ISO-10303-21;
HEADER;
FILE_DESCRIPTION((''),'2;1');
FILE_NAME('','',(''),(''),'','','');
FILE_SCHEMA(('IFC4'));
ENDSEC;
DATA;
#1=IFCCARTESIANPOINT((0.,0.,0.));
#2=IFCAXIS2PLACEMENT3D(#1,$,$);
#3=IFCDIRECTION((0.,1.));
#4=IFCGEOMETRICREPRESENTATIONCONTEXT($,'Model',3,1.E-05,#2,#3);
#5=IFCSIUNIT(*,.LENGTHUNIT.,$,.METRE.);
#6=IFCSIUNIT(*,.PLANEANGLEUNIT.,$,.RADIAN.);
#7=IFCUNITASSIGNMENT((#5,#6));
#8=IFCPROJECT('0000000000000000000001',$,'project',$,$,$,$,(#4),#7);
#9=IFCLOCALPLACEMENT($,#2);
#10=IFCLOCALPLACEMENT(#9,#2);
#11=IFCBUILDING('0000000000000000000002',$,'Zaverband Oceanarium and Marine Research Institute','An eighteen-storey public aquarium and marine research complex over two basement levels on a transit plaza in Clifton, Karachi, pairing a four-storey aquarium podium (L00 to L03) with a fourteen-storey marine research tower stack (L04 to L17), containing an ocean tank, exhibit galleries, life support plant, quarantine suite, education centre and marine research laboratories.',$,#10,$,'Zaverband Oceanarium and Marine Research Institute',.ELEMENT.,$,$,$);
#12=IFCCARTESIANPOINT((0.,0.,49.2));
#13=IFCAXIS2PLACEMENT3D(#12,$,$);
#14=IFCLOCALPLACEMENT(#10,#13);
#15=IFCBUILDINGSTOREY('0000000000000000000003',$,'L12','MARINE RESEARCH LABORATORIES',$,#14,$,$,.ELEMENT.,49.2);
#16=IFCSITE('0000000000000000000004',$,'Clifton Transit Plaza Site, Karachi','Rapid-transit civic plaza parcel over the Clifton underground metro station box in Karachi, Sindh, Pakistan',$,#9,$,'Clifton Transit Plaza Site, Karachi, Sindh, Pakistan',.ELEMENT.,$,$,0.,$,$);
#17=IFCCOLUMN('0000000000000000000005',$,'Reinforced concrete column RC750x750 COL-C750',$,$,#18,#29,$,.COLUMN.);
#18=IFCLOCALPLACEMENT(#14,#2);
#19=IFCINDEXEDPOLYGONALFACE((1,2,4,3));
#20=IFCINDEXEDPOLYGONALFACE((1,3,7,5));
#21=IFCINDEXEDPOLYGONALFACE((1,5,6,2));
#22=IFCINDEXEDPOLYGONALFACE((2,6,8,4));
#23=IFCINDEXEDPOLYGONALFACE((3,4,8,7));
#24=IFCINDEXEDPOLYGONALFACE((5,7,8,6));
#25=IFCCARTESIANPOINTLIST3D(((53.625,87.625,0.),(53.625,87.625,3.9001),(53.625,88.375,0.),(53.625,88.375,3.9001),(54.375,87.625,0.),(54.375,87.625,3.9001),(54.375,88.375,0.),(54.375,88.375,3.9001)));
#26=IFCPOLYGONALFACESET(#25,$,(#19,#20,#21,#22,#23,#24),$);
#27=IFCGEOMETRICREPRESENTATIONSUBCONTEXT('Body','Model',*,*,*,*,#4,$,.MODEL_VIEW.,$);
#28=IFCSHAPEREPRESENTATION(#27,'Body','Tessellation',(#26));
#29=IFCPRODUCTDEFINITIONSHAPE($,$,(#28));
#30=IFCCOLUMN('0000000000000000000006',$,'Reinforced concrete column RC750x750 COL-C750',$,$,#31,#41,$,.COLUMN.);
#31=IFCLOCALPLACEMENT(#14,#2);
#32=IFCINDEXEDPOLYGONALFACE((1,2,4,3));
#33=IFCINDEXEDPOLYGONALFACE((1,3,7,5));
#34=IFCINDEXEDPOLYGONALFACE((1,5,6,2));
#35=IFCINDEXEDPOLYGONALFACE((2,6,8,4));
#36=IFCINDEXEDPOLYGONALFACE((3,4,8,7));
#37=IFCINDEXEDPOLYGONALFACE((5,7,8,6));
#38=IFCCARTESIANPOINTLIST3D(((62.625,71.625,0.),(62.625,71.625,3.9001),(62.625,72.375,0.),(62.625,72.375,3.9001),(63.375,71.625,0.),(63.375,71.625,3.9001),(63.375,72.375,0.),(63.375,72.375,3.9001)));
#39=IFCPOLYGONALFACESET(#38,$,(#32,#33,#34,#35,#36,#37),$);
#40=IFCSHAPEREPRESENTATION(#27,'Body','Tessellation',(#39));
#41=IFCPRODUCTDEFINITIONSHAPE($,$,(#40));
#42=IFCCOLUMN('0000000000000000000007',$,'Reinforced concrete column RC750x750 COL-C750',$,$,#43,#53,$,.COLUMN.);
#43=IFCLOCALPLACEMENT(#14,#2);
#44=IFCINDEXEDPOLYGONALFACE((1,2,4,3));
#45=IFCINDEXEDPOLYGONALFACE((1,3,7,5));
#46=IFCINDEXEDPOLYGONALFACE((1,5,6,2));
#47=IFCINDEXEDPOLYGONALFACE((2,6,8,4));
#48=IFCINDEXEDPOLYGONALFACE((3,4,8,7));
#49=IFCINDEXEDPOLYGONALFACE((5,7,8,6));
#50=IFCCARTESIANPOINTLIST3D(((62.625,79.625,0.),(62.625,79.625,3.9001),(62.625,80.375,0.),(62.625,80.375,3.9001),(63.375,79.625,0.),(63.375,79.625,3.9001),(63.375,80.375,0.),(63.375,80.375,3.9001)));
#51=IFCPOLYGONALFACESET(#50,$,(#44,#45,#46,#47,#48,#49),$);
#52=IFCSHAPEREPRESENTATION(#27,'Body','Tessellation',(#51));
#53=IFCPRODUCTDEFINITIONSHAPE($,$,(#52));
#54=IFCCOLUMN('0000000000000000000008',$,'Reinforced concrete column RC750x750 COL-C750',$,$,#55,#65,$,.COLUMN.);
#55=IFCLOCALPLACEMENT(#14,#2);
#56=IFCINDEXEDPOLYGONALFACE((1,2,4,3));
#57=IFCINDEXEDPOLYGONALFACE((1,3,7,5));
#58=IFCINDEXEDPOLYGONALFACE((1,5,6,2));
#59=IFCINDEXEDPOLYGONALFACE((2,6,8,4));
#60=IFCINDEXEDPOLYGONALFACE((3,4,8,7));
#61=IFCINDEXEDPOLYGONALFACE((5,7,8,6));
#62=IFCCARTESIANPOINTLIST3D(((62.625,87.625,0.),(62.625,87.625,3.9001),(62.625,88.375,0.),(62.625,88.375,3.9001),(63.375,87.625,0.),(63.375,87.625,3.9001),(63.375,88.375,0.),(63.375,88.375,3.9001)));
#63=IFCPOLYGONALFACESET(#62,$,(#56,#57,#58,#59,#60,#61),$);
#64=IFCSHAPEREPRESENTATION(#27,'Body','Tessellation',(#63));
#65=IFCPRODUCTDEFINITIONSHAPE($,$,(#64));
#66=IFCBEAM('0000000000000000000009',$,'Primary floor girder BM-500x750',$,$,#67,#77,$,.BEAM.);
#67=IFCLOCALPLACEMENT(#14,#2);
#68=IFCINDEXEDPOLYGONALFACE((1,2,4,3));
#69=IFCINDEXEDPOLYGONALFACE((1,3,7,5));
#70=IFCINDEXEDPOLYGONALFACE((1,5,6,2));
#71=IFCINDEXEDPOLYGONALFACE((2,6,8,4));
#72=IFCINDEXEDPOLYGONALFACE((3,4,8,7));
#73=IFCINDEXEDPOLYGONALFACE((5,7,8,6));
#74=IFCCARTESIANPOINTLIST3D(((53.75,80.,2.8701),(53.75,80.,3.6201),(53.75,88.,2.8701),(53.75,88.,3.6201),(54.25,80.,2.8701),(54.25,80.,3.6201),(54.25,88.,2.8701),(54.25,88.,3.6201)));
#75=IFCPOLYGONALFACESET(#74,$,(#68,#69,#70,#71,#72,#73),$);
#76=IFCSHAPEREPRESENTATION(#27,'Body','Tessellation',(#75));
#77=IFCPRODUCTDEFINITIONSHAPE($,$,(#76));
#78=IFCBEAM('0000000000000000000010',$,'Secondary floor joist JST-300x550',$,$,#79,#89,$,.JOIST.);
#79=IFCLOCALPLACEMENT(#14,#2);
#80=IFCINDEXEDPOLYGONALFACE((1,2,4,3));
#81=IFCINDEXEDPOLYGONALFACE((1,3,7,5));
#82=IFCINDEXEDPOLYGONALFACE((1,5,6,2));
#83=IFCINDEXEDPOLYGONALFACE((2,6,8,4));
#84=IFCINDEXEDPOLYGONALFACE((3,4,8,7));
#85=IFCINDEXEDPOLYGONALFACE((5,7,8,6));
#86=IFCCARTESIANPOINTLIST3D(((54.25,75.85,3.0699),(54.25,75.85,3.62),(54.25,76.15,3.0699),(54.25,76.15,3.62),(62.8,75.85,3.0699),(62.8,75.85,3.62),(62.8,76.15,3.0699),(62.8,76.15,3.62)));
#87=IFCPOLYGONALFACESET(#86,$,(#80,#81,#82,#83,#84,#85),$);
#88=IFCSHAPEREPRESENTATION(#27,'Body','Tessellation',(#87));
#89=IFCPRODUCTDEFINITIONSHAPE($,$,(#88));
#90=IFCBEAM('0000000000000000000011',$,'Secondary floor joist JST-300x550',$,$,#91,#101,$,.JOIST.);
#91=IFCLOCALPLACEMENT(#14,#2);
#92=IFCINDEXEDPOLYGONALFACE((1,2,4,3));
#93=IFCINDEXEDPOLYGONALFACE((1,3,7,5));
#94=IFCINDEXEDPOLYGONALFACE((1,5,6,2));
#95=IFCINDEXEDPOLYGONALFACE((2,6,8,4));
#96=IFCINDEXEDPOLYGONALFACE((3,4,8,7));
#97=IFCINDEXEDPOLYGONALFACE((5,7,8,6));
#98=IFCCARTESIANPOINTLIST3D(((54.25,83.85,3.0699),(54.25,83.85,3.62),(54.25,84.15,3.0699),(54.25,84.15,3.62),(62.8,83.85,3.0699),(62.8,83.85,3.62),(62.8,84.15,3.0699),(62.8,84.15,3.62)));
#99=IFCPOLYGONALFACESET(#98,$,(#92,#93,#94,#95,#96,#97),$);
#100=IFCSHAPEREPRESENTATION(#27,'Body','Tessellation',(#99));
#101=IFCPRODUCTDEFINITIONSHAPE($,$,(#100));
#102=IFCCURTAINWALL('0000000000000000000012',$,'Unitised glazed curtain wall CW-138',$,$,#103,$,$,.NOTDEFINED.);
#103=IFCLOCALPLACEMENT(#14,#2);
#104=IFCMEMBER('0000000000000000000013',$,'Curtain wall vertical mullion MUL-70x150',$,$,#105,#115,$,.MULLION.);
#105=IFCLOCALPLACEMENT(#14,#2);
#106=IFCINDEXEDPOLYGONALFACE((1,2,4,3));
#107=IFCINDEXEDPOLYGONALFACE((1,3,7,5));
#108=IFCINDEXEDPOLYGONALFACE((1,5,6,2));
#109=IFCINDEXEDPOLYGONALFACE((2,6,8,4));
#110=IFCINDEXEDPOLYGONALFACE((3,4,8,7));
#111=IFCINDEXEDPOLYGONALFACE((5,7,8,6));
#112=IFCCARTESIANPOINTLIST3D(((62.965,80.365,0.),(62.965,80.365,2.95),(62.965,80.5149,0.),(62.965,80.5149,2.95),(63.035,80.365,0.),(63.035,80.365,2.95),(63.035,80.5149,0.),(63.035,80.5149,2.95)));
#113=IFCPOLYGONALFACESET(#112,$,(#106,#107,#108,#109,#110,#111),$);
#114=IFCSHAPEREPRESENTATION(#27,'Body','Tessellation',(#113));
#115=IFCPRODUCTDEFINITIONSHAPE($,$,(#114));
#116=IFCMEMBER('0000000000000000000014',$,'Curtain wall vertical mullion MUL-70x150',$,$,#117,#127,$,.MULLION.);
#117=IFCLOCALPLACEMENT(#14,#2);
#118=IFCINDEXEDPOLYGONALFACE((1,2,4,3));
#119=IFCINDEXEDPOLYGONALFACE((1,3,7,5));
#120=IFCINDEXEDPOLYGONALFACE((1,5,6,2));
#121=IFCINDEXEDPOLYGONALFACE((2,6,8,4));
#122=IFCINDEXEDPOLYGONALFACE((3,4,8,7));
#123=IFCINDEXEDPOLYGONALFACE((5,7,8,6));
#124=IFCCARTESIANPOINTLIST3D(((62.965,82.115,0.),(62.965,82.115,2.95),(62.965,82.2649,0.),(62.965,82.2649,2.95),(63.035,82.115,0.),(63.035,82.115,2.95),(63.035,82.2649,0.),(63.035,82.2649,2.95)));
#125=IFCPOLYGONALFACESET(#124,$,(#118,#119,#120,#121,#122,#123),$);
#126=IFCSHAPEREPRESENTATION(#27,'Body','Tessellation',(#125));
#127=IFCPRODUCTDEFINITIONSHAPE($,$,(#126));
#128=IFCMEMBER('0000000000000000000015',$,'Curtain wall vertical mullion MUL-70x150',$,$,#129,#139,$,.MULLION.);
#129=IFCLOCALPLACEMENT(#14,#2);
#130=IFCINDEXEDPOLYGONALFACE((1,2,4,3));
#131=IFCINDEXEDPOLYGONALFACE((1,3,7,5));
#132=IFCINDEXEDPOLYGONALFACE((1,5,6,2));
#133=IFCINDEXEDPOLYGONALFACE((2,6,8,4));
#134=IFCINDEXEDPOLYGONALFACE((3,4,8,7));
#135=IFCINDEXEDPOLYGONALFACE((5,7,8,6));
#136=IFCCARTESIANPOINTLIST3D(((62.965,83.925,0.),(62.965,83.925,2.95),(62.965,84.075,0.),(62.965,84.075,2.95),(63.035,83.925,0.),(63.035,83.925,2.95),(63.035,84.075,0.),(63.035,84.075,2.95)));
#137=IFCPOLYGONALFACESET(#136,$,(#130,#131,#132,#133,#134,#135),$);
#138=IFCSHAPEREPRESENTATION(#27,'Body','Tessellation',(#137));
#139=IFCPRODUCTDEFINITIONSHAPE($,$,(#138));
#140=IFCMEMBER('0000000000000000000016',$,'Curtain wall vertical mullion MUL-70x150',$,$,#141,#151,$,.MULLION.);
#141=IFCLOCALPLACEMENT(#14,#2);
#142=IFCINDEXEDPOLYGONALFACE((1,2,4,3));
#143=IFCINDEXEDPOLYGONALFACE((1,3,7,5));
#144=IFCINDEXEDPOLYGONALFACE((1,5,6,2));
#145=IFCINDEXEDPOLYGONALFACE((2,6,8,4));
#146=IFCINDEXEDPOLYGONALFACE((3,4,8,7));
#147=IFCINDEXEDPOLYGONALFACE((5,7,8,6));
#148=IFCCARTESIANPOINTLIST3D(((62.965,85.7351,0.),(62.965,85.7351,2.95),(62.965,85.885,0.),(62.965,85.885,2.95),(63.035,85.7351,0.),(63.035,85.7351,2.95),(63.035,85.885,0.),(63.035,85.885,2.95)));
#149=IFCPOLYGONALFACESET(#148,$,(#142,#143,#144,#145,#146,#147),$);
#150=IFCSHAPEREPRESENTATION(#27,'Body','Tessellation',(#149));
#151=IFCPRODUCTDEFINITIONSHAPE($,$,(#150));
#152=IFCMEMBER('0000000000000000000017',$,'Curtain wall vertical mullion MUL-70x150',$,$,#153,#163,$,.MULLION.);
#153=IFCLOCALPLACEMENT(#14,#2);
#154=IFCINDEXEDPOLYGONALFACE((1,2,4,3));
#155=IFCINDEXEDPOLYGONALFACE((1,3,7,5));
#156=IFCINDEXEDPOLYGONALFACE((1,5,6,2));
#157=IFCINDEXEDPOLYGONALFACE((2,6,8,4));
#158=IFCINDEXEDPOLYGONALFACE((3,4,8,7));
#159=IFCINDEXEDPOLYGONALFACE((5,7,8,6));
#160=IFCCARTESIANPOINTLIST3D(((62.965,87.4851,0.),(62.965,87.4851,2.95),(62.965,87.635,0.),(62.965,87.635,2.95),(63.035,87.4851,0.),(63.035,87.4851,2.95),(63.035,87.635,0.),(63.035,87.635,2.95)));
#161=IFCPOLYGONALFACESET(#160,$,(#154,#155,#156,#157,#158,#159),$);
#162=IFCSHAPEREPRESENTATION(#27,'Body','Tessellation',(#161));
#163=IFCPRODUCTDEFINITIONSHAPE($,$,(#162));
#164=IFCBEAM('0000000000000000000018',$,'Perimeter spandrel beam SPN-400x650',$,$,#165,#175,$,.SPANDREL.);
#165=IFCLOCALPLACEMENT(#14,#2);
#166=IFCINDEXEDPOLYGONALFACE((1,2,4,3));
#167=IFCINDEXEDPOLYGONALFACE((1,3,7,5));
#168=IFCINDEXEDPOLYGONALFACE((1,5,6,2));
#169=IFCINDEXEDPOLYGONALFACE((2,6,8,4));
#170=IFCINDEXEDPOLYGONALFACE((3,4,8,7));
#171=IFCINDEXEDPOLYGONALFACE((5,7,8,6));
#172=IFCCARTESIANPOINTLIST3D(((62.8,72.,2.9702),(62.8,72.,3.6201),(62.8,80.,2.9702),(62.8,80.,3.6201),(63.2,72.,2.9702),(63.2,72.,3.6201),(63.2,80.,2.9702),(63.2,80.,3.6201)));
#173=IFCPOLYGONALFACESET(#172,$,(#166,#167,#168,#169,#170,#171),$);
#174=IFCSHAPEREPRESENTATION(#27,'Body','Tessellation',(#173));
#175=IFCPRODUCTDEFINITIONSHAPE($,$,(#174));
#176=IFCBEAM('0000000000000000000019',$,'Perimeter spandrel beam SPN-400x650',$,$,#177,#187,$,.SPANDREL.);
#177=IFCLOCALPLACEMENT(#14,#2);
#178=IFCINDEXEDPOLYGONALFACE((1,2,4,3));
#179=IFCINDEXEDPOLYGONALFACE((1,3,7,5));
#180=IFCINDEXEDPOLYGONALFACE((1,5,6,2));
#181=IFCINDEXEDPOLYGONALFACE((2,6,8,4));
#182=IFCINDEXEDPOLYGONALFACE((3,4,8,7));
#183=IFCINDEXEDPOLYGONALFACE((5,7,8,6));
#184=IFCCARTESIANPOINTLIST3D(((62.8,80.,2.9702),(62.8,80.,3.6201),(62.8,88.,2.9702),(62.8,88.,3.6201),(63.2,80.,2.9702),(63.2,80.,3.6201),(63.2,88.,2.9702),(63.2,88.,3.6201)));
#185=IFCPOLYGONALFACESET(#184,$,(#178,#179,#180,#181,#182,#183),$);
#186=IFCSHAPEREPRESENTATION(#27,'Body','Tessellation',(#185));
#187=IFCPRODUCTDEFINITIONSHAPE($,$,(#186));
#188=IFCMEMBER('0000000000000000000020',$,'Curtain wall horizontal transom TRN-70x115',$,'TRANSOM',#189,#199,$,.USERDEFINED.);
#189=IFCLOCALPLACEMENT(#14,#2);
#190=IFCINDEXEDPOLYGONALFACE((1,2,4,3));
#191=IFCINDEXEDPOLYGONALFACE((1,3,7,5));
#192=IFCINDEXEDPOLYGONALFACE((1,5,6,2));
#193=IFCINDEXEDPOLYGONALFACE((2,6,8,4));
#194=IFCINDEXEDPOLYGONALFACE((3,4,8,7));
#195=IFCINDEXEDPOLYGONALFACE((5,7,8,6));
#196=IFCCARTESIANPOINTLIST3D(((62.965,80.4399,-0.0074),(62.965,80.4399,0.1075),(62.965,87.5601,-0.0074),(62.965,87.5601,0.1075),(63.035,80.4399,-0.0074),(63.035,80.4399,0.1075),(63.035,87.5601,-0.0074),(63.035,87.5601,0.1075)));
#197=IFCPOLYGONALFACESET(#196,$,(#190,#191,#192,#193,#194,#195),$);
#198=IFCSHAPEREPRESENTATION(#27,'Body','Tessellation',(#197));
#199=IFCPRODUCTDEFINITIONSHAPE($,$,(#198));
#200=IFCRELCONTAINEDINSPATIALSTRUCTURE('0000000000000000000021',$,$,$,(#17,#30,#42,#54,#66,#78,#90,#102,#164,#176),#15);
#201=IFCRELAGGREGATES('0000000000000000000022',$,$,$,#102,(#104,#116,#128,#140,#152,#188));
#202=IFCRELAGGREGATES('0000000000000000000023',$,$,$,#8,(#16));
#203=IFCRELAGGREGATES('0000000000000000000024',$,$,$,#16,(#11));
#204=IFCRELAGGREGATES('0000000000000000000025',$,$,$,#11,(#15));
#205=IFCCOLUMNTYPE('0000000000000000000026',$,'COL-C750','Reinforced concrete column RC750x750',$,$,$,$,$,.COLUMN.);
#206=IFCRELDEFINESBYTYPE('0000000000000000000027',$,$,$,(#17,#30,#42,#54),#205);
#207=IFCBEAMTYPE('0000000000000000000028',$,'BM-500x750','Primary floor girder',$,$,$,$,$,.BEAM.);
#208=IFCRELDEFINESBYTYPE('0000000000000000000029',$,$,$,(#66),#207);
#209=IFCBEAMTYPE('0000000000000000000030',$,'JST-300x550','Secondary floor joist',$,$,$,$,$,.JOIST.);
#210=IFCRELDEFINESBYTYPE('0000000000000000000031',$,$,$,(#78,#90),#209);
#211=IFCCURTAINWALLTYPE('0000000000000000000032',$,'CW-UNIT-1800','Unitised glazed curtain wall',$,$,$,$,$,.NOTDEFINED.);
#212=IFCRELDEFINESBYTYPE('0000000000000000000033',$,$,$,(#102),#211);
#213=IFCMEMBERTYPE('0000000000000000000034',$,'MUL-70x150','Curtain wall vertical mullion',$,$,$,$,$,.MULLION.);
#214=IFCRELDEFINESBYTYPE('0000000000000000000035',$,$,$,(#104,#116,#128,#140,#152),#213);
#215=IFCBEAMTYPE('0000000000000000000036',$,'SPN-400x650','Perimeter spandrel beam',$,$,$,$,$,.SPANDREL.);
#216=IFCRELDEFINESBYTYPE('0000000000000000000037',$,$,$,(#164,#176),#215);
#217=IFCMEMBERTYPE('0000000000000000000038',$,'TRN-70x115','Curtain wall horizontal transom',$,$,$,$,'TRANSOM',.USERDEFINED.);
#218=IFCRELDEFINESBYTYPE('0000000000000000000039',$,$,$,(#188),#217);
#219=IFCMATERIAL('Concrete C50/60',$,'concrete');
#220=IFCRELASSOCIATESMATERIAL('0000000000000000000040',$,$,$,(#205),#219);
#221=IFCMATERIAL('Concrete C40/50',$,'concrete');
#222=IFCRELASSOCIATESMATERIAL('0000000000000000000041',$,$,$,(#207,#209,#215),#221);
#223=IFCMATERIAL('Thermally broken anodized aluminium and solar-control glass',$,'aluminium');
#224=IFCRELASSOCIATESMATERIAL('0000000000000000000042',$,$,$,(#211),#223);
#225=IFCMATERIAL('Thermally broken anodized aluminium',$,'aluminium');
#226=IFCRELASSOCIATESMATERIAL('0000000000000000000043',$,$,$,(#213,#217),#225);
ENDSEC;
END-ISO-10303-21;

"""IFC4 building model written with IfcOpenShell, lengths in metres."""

from ifc_helpers import new_model, si_unit, direction, frame, origin, origin_2d, place, context, subcontext, project, spatial, rectangle, extrude, material, material_profile, profile_set, type_object, element, aggregate, save


model = new_model("IFC4")

# Units and contexts
model_context = context("Model", 3, precision=1e-05, world=origin(), true_north=direction((0.0, 1.0)))
body_context = subcontext(model_context, "Body", "Model", "MODEL_VIEW")
ifc_project = project(units=[si_unit("LENGTHUNIT", "METRE"), si_unit("PLANEANGLEUNIT", "RADIAN")], contexts=[model_context])

# Site, building, storey
site_placement = place(None, origin())
site = spatial("IfcSite", under=ifc_project, at=site_placement, Name="Clifton Transit Plaza Site, Karachi", Description="Rapid-transit civic plaza parcel over the Clifton underground metro station box in Karachi, Sindh, Pakistan", LongName="Clifton Transit Plaza Site, Karachi, Sindh, Pakistan", CompositionType="ELEMENT", RefElevation=0.0)
building_placement = place(site_placement, origin())
building = spatial("IfcBuilding", under=site, at=building_placement, Name="Zaverband Oceanarium and Marine Research Institute", Description="An eighteen-storey public aquarium and marine research complex over two basement levels on a transit plaza in Clifton, Karachi, pairing a four-storey aquarium podium (L00 to L03) with a fourteen-storey marine research tower stack (L04 to L17), containing an ocean tank, exhibit galleries, life support plant, quarantine suite, education centre and marine research laboratories.", LongName="Zaverband Oceanarium and Marine Research Institute", CompositionType="ELEMENT")
storey_placement = place(building_placement, frame((0.0, 0.0, 49.2)))
storey = spatial("IfcBuildingStorey", under=building, at=storey_placement, Name="L12", Description="MARINE RESEARCH LABORATORIES", CompositionType="ELEMENT", Elevation=49.2)

# Columns
ifc_material_1 = material(Name="Concrete C50/60", Category="concrete")
ifc_material_profile_1 = material_profile(ifc_material_1, rectangle(XDim=0.75, YDim=0.75, at=origin_2d()), Name="RC750x750")
ifc_profile_set_1 = profile_set([ifc_material_profile_1], Name="Concrete C50/60")
column_type = type_object("IfcColumnType", Name="COL-C750", Description="Reinforced concrete column RC750x750", PredefinedType="COLUMN", material=ifc_profile_set_1)
for number, where, z_axis, x_axis, name in (
    (1, (54.0, 88.0, 0.0), (0.0, 0.0, 1.0), (1.0, 0.0, 0.0), "Reinforced concrete column RC750x750 COL-C750"),
    (2, (63.0, 72.0, 0.0), (0.0, 0.0, 1.0), (1.0, 0.0, 0.0), "Reinforced concrete column RC750x750 COL-C750"),
    (3, (63.0, 80.0, 0.0), (0.0, 0.0, 1.0), (1.0, 0.0, 0.0), "Reinforced concrete column RC750x750 COL-C750"),
    (4, (63.0, 88.0, 0.0), (0.0, 0.0, 1.0), (1.0, 0.0, 0.0), "Reinforced concrete column RC750x750 COL-C750"),
):
    element("IfcColumn", number, at=place(storey_placement, frame(where, z_axis=z_axis, x_axis=x_axis)), inside=storey, type_object=column_type, Name=name, PredefinedType="COLUMN", context=body_context, shape_type="SweptSolid", body=[
        extrude(rectangle(XDim=0.75, YDim=0.75, at=origin_2d()), origin(), (0.0, 0.0, 1.0), 3.9001),
    ])

# Beams
ifc_material_2 = material(Name="Concrete C40/50", Category="concrete")
ifc_material_profile_2 = material_profile(ifc_material_2, rectangle(XDim=0.5, YDim=0.75, at=origin_2d()), Name="RC500x750")
ifc_profile_set_2 = profile_set([ifc_material_profile_2], Name="Concrete C40/50")
beam_type_1 = type_object("IfcBeamType", Name="BM-500x750", Description="Primary floor girder", PredefinedType="BEAM", material=ifc_profile_set_2)
beam_placement = place(storey_placement, frame((54.0, 80.0, 3.2451), z_axis=(0.0, 1.0, 0.0), x_axis=(-1.0, 0.0, 0.0)))
element("IfcBeam", 5, at=beam_placement, inside=storey, type_object=beam_type_1, Name="Primary floor girder BM-500x750", PredefinedType="BEAM", context=body_context, shape_type="SweptSolid", body=[
    extrude(rectangle(XDim=0.5, YDim=0.75, at=origin_2d()), origin(), (0.0, 0.0, 1.0), 8.0),
])
ifc_material_profile_3 = material_profile(ifc_material_2, rectangle(XDim=0.3, YDim=0.55, at=origin_2d()), Name="RC300x550")
ifc_profile_set_3 = profile_set([ifc_material_profile_3], Name="Concrete C40/50")
beam_type_2 = type_object("IfcBeamType", Name="JST-300x550", Description="Secondary floor joist", PredefinedType="JOIST", material=ifc_profile_set_3)
for number, where, z_axis, x_axis, name in (
    (6, (54.25, 76.0, 3.345), (1.0, 0.0, 0.0), (0.0, 1.0, 0.0), "Secondary floor joist JST-300x550"),
    (7, (54.25, 84.0, 3.345), (1.0, 0.0, 0.0), (0.0, 1.0, 0.0), "Secondary floor joist JST-300x550"),
):
    element("IfcBeam", number, at=place(storey_placement, frame(where, z_axis=z_axis, x_axis=x_axis)), inside=storey, type_object=beam_type_2, Name=name, PredefinedType="JOIST", context=body_context, shape_type="SweptSolid", body=[
        extrude(rectangle(XDim=0.3, YDim=0.55, at=origin_2d()), origin(), (0.0, 0.0, 1.0), 8.55),
    ])

# Curtain wall, members
ifc_material_3 = material(Name="Thermally broken anodized aluminium and solar-control glass", Category="aluminium")
curtain_wall_type = type_object("IfcCurtainWallType", Name="CW-UNIT-1800", Description="Unitised glazed curtain wall", PredefinedType="NOTDEFINED", material=ifc_material_3)
curtain_wall_placement = place(storey_placement, origin())
curtain_wall = element("IfcCurtainWall", 8, at=curtain_wall_placement, inside=storey, type_object=curtain_wall_type, Name="Unitised glazed curtain wall CW-138", PredefinedType="NOTDEFINED")
ifc_material_4 = material(Name="Thermally broken anodized aluminium", Category="aluminium")
ifc_material_profile_4 = material_profile(ifc_material_4, rectangle(XDim=0.0701, YDim=0.1499, at=origin_2d()), Name="AL-MUL-70x150")
ifc_profile_set_4 = profile_set([ifc_material_profile_4], Name="Thermally broken anodized aluminium")
member_type_1 = type_object("IfcMemberType", Name="MUL-70x150", Description="Curtain wall vertical mullion", PredefinedType="MULLION", material=ifc_profile_set_4)
member_1_placement = place(storey_placement, frame((63.0, 80.4399, 0.0), z_axis=(0.0, 0.0, 1.0), x_axis=(1.0, 0.0, 0.0)))
member_1 = element("IfcMember", 9, at=member_1_placement, type_object=member_type_1, Name="Curtain wall vertical mullion MUL-70x150", PredefinedType="MULLION", context=body_context, shape_type="SweptSolid", body=[
    extrude(rectangle(XDim=0.0701, YDim=0.1499, at=origin_2d()), origin(), (0.0, 0.0, 1.0), 2.95),
])
member_2_placement = place(storey_placement, frame((63.0, 82.1899, 0.0), z_axis=(0.0, 0.0, 1.0), x_axis=(1.0, 0.0, 0.0)))
member_2 = element("IfcMember", 10, at=member_2_placement, type_object=member_type_1, Name="Curtain wall vertical mullion MUL-70x150", PredefinedType="MULLION", context=body_context, shape_type="SweptSolid", body=[
    extrude(rectangle(XDim=0.0701, YDim=0.1499, at=origin_2d()), origin(), (0.0, 0.0, 1.0), 2.95),
])
member_3_placement = place(storey_placement, frame((63.0, 84.0, 0.0), z_axis=(0.0, 0.0, 1.0), x_axis=(1.0, 0.0, 0.0)))
member_3 = element("IfcMember", 11, at=member_3_placement, type_object=member_type_1, Name="Curtain wall vertical mullion MUL-70x150", PredefinedType="MULLION", context=body_context, shape_type="SweptSolid", body=[
    extrude(rectangle(XDim=0.0701, YDim=0.1499, at=origin_2d()), origin(), (0.0, 0.0, 1.0), 2.95),
])
member_4_placement = place(storey_placement, frame((63.0, 85.8101, 0.0), z_axis=(0.0, 0.0, 1.0), x_axis=(1.0, 0.0, 0.0)))
member_4 = element("IfcMember", 12, at=member_4_placement, type_object=member_type_1, Name="Curtain wall vertical mullion MUL-70x150", PredefinedType="MULLION", context=body_context, shape_type="SweptSolid", body=[
    extrude(rectangle(XDim=0.0701, YDim=0.1499, at=origin_2d()), origin(), (0.0, 0.0, 1.0), 2.95),
])
member_5_placement = place(storey_placement, frame((63.0, 87.5601, 0.0), z_axis=(0.0, 0.0, 1.0), x_axis=(1.0, 0.0, 0.0)))
member_5 = element("IfcMember", 13, at=member_5_placement, type_object=member_type_1, Name="Curtain wall vertical mullion MUL-70x150", PredefinedType="MULLION", context=body_context, shape_type="SweptSolid", body=[
    extrude(rectangle(XDim=0.0701, YDim=0.1499, at=origin_2d()), origin(), (0.0, 0.0, 1.0), 2.95),
])

# Beams
ifc_material_profile_5 = material_profile(ifc_material_2, rectangle(XDim=0.3999, YDim=0.6499, at=origin_2d()), Name="RC400x650")
ifc_profile_set_5 = profile_set([ifc_material_profile_5], Name="Concrete C40/50")
beam_type_3 = type_object("IfcBeamType", Name="SPN-400x650", Description="Perimeter spandrel beam", PredefinedType="SPANDREL", material=ifc_profile_set_5)
for number, where, z_axis, x_axis, name in (
    (14, (63.0, 72.0, 3.2952), (0.0, 1.0, 0.0), (-1.0, 0.0, 0.0), "Perimeter spandrel beam SPN-400x650"),
    (15, (63.0, 80.0, 3.2952), (0.0, 1.0, 0.0), (-1.0, 0.0, 0.0), "Perimeter spandrel beam SPN-400x650"),
):
    element("IfcBeam", number, at=place(storey_placement, frame(where, z_axis=z_axis, x_axis=x_axis)), inside=storey, type_object=beam_type_3, Name=name, PredefinedType="SPANDREL", context=body_context, shape_type="SweptSolid", body=[
        extrude(rectangle(XDim=0.3999, YDim=0.6499, at=origin_2d()), origin(), (0.0, 0.0, 1.0), 8.0),
    ])

# Member
ifc_material_profile_6 = material_profile(ifc_material_4, rectangle(XDim=0.0701, YDim=0.115, at=origin_2d()), Name="AL-TRN-70x115")
ifc_profile_set_6 = profile_set([ifc_material_profile_6], Name="Thermally broken anodized aluminium")
member_type_2 = type_object("IfcMemberType", Name="TRN-70x115", Description="Curtain wall horizontal transom", ElementType="TRANSOM", PredefinedType="USERDEFINED", material=ifc_profile_set_6)
member_6_placement = place(storey_placement, frame((63.0, 80.4399, 0.05), z_axis=(0.0, 1.0, 0.0), x_axis=(-1.0, 0.0, 0.0)))
member_6 = element("IfcMember", 16, at=member_6_placement, type_object=member_type_2, Name="Curtain wall horizontal transom TRN-70x115", ObjectType="TRANSOM", PredefinedType="USERDEFINED", context=body_context, shape_type="SweptSolid", body=[
    extrude(rectangle(XDim=0.0701, YDim=0.115, at=origin_2d()), origin(), (0.0, 0.0, 1.0), 7.1201),
])

aggregate(curtain_wall, [member_1, member_2, member_3, member_4, member_5, member_6])

save(model, "model.ifc")
